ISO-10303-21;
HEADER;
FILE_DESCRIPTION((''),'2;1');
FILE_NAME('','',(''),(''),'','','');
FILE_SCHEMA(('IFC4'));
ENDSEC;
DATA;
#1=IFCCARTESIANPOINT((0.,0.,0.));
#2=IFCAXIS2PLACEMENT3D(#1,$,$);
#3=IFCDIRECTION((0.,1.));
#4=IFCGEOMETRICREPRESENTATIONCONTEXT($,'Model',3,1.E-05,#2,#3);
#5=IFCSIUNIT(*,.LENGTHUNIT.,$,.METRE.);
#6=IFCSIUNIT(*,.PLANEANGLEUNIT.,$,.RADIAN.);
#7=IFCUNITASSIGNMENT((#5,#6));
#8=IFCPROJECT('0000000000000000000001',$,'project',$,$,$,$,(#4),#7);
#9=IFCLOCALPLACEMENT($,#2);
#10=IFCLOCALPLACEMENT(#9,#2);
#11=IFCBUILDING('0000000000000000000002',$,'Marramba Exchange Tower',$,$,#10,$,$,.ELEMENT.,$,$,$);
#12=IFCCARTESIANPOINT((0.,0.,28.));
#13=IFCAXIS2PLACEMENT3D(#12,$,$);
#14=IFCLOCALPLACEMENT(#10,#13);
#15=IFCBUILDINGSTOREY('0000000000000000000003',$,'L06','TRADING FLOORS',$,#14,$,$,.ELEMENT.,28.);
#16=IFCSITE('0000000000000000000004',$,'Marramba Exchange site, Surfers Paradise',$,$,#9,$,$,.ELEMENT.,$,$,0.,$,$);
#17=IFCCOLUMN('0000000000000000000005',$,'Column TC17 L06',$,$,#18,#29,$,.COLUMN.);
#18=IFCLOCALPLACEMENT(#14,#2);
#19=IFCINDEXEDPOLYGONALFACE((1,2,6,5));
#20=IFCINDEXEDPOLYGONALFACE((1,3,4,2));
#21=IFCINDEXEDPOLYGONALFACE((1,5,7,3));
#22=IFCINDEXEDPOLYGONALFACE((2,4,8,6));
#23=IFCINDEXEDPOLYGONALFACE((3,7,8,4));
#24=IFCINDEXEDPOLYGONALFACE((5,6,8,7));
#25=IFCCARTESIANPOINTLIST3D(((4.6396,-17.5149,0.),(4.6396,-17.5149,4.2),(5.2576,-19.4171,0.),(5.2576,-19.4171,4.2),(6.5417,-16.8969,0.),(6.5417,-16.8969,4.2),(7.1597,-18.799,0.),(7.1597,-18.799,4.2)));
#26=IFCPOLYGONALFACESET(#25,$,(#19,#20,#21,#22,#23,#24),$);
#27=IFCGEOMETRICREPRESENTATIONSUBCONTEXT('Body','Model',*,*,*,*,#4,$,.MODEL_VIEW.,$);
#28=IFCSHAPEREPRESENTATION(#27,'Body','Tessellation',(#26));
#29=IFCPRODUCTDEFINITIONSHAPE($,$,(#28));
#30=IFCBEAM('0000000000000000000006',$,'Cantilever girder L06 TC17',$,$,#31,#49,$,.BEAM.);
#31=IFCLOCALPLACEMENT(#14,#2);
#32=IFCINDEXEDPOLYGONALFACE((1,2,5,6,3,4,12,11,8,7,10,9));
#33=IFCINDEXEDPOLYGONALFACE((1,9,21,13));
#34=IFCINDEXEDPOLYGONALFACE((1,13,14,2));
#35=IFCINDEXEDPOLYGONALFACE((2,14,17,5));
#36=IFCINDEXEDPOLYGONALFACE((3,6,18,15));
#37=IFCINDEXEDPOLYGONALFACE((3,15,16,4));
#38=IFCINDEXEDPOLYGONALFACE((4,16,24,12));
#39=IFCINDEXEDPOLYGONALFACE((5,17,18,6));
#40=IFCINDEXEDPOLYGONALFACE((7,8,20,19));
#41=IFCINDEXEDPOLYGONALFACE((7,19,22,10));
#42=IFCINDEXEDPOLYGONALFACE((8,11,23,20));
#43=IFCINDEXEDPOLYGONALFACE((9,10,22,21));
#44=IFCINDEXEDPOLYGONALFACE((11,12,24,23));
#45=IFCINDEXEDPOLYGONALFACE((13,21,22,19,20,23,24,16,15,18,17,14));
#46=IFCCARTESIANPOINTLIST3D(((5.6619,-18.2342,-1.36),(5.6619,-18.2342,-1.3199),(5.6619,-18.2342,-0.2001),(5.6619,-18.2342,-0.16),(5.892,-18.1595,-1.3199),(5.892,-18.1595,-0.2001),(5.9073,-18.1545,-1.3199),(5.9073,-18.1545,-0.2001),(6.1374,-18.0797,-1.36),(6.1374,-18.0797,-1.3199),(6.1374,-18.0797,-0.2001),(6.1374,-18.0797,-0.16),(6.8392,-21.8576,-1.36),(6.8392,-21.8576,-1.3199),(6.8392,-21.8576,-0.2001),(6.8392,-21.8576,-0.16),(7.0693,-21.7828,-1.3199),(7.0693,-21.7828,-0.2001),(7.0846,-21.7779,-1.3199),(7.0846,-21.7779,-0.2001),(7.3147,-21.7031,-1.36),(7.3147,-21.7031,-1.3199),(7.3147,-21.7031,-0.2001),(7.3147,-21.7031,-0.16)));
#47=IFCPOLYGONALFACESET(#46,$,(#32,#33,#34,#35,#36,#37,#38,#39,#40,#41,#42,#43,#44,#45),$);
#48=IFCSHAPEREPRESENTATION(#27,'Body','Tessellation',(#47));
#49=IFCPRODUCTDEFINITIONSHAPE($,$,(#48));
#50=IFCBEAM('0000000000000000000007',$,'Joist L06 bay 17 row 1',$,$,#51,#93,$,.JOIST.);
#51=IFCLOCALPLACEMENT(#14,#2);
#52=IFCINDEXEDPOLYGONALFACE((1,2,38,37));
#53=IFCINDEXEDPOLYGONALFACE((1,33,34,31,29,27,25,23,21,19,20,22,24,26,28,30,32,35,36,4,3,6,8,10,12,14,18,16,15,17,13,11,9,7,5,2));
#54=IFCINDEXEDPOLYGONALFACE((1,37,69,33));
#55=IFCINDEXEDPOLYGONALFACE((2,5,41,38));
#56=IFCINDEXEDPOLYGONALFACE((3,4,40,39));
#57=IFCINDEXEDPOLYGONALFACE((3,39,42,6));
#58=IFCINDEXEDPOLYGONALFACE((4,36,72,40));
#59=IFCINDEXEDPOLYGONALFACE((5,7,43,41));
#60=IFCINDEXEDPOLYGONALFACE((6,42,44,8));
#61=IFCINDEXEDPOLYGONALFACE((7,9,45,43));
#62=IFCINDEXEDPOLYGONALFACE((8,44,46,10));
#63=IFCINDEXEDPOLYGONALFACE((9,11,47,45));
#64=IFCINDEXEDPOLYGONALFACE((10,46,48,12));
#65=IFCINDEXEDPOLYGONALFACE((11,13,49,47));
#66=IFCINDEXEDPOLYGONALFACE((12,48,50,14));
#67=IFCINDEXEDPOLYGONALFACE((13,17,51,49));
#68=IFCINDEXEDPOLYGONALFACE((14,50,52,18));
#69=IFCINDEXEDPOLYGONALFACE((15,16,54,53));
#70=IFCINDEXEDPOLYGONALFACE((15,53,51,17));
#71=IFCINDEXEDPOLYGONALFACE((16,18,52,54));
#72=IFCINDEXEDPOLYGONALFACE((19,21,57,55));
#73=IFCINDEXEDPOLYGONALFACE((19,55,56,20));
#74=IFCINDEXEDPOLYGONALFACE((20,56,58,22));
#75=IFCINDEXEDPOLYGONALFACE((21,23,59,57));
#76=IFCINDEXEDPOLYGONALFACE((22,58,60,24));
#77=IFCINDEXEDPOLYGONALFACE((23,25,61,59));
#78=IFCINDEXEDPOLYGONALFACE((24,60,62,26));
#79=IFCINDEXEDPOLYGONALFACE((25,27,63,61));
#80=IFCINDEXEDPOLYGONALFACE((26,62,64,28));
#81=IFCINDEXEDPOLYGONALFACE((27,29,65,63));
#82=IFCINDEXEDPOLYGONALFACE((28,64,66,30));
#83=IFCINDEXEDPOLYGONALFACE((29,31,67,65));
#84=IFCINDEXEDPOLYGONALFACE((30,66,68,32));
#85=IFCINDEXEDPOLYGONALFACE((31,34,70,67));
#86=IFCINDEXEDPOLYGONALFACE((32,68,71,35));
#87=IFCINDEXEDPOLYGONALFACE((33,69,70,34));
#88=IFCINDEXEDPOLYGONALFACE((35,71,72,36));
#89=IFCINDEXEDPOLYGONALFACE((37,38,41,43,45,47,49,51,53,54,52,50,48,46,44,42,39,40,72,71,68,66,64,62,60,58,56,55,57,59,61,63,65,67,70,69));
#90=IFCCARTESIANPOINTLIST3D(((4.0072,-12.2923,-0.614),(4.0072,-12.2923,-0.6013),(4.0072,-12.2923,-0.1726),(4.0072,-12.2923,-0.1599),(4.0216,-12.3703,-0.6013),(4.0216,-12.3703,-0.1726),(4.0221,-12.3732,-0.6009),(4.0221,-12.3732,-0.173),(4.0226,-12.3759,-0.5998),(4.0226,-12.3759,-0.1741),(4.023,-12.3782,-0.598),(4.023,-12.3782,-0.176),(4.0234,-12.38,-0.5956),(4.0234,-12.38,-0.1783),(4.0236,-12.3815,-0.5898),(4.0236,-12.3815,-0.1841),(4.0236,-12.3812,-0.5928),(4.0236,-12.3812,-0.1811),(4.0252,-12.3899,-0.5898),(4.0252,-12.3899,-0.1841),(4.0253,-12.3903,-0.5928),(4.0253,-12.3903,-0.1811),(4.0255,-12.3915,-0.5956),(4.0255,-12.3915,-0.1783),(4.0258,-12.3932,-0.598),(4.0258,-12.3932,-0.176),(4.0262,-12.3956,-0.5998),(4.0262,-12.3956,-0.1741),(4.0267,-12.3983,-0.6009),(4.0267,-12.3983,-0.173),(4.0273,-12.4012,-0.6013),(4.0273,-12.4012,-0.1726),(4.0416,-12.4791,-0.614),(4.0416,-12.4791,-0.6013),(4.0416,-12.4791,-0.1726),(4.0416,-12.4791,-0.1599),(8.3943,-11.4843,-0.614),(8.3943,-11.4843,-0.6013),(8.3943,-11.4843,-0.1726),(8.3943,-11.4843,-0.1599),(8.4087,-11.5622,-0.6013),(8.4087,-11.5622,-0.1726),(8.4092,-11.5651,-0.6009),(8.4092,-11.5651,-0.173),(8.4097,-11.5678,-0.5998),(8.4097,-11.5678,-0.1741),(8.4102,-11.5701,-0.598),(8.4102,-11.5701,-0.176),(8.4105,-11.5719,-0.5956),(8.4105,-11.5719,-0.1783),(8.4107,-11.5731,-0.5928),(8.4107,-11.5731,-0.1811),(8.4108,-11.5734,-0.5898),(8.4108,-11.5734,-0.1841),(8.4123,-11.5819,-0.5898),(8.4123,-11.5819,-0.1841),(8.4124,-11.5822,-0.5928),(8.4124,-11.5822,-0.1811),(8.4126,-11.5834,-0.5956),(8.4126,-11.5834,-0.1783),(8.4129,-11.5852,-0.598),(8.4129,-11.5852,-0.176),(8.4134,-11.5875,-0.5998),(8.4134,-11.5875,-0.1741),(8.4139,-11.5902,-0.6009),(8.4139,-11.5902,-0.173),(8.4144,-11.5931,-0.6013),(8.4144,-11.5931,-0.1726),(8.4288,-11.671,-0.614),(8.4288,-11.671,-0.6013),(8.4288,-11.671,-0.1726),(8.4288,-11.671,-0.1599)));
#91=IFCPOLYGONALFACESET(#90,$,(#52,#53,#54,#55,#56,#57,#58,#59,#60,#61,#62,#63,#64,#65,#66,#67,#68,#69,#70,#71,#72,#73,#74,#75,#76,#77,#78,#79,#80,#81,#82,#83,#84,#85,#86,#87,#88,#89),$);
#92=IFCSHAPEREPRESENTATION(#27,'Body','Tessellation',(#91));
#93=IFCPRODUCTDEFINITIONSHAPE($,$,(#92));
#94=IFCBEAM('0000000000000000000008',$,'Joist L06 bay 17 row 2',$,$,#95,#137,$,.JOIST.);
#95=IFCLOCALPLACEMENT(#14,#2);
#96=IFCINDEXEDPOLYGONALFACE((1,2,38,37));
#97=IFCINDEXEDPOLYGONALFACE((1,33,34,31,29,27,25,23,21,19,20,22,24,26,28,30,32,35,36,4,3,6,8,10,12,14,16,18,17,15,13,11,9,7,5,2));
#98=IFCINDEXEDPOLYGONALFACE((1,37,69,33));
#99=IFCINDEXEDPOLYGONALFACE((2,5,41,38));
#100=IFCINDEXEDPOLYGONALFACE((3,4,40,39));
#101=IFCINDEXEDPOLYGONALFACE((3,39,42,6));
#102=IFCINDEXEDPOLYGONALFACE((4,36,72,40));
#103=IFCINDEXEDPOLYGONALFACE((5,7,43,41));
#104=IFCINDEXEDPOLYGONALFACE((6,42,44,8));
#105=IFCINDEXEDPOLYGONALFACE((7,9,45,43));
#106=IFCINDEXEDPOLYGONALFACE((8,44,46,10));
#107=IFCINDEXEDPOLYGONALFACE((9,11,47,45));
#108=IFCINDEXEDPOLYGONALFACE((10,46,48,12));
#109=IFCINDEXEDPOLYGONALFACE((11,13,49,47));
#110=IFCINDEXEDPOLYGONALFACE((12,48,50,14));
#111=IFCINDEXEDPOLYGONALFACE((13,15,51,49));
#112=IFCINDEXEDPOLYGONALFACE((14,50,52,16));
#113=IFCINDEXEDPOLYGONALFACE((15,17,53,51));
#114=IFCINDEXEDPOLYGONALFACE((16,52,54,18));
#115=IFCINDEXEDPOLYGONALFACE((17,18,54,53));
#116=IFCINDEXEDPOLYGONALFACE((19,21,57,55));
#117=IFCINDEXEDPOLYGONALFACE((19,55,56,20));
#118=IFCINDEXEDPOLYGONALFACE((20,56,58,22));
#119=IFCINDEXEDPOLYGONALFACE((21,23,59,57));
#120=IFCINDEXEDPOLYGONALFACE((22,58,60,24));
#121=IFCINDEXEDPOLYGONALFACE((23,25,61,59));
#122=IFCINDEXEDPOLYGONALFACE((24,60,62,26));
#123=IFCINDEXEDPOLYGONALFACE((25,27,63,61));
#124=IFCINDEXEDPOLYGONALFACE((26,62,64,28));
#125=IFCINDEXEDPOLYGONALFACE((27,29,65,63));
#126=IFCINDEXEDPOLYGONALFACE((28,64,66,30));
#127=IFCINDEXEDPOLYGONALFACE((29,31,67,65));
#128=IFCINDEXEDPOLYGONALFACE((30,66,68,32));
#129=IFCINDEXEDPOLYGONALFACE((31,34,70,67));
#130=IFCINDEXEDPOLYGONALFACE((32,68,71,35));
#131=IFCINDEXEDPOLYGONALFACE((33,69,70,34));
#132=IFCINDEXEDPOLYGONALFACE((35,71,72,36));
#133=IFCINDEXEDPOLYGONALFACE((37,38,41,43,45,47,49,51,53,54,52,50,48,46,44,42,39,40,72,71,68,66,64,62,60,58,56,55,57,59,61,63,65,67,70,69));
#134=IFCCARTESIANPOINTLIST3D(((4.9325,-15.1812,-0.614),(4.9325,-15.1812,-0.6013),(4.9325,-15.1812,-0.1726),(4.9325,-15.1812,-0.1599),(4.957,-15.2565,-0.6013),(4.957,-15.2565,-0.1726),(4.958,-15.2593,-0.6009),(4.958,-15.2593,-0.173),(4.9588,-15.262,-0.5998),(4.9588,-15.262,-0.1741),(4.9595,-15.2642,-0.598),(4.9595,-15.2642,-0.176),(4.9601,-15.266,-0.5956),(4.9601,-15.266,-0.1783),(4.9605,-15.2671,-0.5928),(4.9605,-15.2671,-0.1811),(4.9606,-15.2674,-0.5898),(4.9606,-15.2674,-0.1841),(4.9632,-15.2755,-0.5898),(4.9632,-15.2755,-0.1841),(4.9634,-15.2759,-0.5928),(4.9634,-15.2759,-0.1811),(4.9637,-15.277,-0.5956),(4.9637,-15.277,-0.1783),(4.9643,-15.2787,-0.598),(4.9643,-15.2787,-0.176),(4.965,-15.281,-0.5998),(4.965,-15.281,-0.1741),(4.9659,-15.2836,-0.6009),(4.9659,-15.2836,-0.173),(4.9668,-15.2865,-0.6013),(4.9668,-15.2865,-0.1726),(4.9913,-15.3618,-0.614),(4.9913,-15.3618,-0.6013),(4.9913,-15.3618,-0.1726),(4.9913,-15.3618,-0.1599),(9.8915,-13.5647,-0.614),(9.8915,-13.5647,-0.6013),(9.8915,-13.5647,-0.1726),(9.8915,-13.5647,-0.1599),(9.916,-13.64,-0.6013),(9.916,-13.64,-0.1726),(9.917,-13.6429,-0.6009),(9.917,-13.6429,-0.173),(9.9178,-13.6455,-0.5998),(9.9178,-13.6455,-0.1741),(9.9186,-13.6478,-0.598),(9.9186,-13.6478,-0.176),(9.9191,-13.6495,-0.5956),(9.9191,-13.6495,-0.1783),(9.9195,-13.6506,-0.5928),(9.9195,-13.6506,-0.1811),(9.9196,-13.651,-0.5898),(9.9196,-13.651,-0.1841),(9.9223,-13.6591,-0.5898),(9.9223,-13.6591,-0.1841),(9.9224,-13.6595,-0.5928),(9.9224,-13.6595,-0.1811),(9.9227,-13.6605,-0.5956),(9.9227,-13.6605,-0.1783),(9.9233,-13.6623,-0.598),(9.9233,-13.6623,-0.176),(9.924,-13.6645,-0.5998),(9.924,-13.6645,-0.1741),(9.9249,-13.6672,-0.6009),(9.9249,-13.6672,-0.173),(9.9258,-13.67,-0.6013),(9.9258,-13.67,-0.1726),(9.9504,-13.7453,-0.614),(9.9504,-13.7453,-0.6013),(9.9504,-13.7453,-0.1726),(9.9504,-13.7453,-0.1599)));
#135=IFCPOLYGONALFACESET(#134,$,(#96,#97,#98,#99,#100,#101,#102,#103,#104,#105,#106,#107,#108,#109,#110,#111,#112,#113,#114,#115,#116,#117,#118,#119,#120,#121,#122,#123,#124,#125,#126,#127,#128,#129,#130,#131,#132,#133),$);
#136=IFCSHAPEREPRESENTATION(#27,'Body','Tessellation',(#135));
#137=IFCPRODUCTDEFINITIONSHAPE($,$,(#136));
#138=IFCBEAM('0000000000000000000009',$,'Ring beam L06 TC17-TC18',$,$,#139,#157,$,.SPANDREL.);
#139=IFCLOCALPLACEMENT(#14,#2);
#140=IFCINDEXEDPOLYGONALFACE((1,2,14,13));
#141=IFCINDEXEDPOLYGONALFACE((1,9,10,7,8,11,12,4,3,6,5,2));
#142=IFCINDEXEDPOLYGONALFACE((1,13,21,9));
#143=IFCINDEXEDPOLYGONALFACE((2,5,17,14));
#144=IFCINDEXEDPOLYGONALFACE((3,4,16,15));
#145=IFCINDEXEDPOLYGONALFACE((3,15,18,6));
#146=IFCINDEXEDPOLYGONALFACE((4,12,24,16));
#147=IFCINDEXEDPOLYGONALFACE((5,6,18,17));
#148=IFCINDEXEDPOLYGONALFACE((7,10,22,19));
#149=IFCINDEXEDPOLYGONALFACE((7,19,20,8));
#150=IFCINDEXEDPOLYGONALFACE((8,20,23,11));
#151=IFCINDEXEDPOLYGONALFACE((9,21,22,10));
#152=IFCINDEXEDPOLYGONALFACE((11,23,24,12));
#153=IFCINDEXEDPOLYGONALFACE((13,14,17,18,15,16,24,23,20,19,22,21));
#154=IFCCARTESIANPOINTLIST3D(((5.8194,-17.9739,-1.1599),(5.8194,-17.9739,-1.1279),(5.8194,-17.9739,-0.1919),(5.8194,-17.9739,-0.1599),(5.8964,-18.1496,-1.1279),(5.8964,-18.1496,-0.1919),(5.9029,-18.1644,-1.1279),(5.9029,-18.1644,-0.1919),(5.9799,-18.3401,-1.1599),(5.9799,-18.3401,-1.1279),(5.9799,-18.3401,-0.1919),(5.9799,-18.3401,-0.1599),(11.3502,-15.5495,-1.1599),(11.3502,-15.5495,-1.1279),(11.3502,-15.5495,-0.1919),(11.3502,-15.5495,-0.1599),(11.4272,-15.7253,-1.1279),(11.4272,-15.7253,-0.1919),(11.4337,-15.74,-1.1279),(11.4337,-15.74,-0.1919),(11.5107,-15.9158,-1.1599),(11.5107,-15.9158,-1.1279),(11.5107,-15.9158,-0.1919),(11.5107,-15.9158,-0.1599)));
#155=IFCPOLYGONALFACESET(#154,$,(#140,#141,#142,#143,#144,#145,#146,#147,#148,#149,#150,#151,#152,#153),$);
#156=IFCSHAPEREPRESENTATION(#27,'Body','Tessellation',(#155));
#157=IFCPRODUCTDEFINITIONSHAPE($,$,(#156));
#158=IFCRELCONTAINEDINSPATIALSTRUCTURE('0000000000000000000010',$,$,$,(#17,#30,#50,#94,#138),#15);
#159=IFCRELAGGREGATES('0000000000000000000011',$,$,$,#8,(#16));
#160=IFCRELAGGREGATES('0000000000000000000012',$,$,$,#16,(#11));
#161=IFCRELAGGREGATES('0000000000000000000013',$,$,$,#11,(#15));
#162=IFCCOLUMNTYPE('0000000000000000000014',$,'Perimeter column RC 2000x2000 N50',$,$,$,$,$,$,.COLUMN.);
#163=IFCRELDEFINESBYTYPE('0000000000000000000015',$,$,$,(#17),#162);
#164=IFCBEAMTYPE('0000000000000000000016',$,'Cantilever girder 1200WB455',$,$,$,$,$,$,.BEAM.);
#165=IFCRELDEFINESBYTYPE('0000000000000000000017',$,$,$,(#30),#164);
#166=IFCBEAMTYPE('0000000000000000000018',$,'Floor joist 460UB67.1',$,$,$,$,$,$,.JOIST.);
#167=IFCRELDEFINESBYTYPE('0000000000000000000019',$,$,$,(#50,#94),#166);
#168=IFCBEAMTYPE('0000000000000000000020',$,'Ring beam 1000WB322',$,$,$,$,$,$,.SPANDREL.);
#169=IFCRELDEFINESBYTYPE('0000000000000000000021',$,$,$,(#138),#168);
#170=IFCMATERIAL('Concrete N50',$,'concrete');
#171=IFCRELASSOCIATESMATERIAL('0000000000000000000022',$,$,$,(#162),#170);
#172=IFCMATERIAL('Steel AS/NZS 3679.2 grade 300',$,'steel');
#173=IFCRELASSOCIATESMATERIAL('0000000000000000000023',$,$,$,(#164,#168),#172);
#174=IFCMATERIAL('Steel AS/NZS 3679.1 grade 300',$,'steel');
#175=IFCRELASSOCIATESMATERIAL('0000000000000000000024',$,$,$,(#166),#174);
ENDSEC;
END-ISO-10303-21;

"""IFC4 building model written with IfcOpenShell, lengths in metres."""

from ifc_helpers import new_model, si_unit, direction, frame, origin, origin_2d, place, context, subcontext, project, spatial, rectangle, i_section, extrude, material, material_profile, profile_set, type_object, element, save


model = new_model("IFC4")

# Units and contexts
model_context = context("Model", 3, precision=1e-05, world=origin(), true_north=direction((0.0, 1.0)))
body_context = subcontext(model_context, "Body", "Model", "MODEL_VIEW")
ifc_project = project(units=[si_unit("LENGTHUNIT", "METRE"), si_unit("PLANEANGLEUNIT", "RADIAN")], contexts=[model_context])

# Site, building, storey
site_placement = place(None, origin())
site = spatial("IfcSite", under=ifc_project, at=site_placement, Name="Marramba Exchange site, Surfers Paradise", CompositionType="ELEMENT", RefElevation=0.0)
building_placement = place(site_placement, origin())
building = spatial("IfcBuilding", under=site, at=building_placement, Name="Marramba Exchange Tower", CompositionType="ELEMENT")
storey_placement = place(building_placement, frame((0.0, 0.0, 28.0)))
storey = spatial("IfcBuildingStorey", under=building, at=storey_placement, Name="L06", Description="TRADING FLOORS", CompositionType="ELEMENT", Elevation=28.0)

# Column
ifc_material_1 = material(Name="Concrete N50", Category="concrete")
ifc_material_profile_1 = material_profile(ifc_material_1, rectangle(XDim=2.0, YDim=2.0, at=origin_2d()), Name="RC 2000x2000")
ifc_profile_set_1 = profile_set([ifc_material_profile_1], Name="Concrete N50")
column_type = type_object("IfcColumnType", Name="Perimeter column RC 2000x2000 N50", PredefinedType="COLUMN", material=ifc_profile_set_1)
column_placement = place(storey_placement, frame((5.8997, -18.157, 0.0), z_axis=(0.0, 0.0, 1.0), x_axis=(0.309017, -0.951057, 0.0)))
element("IfcColumn", 1, at=column_placement, inside=storey, type_object=column_type, Name="Column TC17 L06", PredefinedType="COLUMN", context=body_context, shape_type="SweptSolid", body=[
    extrude(rectangle(XDim=2.0, YDim=2.0, at=origin_2d()), origin(), (0.0, 0.0, 1.0), 4.2),
])

# Beams
ifc_material_2 = material(Name="Steel AS/NZS 3679.2 grade 300", Category="steel")
ifc_material_profile_2 = material_profile(ifc_material_2, i_section(OverallWidth=0.5, OverallDepth=1.2, WebThickness=0.0161, FlangeThickness=0.04, at=origin_2d()), Name="1200WB455")
ifc_profile_set_2 = profile_set([ifc_material_profile_2], Name="Steel AS/NZS 3679.2 grade 300")
beam_type_1 = type_object("IfcBeamType", Name="Cantilever girder 1200WB455", PredefinedType="BEAM", material=ifc_profile_set_2)
beam_1_placement = place(storey_placement, frame((5.8997, -18.157, -0.76), z_axis=(0.309009, -0.951059, 0.0), x_axis=(0.951059, 0.309009, 0.0)))
element("IfcBeam", 2, at=beam_1_placement, inside=storey, type_object=beam_type_1, Name="Cantilever girder L06 TC17", PredefinedType="BEAM", context=body_context, shape_type="SweptSolid", body=[
    extrude(i_section(OverallWidth=0.5, OverallDepth=1.2, WebThickness=0.0161, FlangeThickness=0.04, at=origin_2d()), origin(), (0.0, 0.0, 1.0), 3.8098),
])
ifc_material_3 = material(Name="Steel AS/NZS 3679.1 grade 300", Category="steel")
ifc_material_profile_3 = material_profile(ifc_material_3, i_section(OverallWidth=0.1899, OverallDepth=0.4541, WebThickness=0.0085, FlangeThickness=0.0127, FilletRadius=0.0115, at=origin_2d()), Name="460UB67.1")
ifc_profile_set_3 = profile_set([ifc_material_profile_3], Name="Steel AS/NZS 3679.1 grade 300")
beam_type_2 = type_object("IfcBeamType", Name="Floor joist 460UB67.1", PredefinedType="JOIST", material=ifc_profile_set_3)
beam_2_placement = place(storey_placement, frame((4.0244, -12.3857, -0.387), z_axis=(0.983456, 0.181149, 0.0), x_axis=(-0.181149, 0.983456, 0.0)))
element("IfcBeam", 3, at=beam_2_placement, inside=storey, type_object=beam_type_2, Name="Joist L06 bay 17 row 1", PredefinedType="JOIST", context=body_context, shape_type="SweptSolid", body=[
    extrude(i_section(OverallWidth=0.1899, OverallDepth=0.4541, WebThickness=0.0085, FlangeThickness=0.0127, FilletRadius=0.0115, at=origin_2d()), origin(), (0.0, 0.0, 1.0), 4.4609),
])
beam_3_placement = place(storey_placement, frame((4.9619, -15.2715, -0.387), z_axis=(0.950764, 0.309916, 0.0), x_axis=(-0.309916, 0.950764, 0.0)))
element("IfcBeam", 4, at=beam_3_placement, inside=storey, type_object=beam_type_2, Name="Joist L06 bay 17 row 2", PredefinedType="JOIST", context=body_context, shape_type="SweptSolid", body=[
    extrude(i_section(OverallWidth=0.1899, OverallDepth=0.4541, WebThickness=0.0085, FlangeThickness=0.0127, FilletRadius=0.0115, at=origin_2d()), origin(), (0.0, 0.0, 1.0), 5.2158),
])
ifc_material_profile_4 = material_profile(ifc_material_2, i_section(OverallWidth=0.3999, OverallDepth=1.0, WebThickness=0.0161, FlangeThickness=0.032, at=origin_2d()), Name="1000WB322")
ifc_profile_set_4 = profile_set([ifc_material_profile_4], Name="Steel AS/NZS 3679.2 grade 300")
beam_type_3 = type_object("IfcBeamType", Name="Ring beam 1000WB322", PredefinedType="SPANDREL", material=ifc_profile_set_4)
beam_4_placement = place(storey_placement, frame((5.8997, -18.157, -0.6599), z_axis=(0.915877, 0.401459, 0.0), x_axis=(-0.401459, 0.915877, 0.0)))
element("IfcBeam", 5, at=beam_4_placement, inside=storey, type_object=beam_type_3, Name="Ring beam L06 TC17-TC18", PredefinedType="SPANDREL", context=body_context, shape_type="SweptSolid", body=[
    extrude(i_section(OverallWidth=0.3999, OverallDepth=1.0, WebThickness=0.0161, FlangeThickness=0.032, at=origin_2d()), origin(), (0.0, 0.0, 1.0), 6.0388),
])

save(model, "model.ifc")
